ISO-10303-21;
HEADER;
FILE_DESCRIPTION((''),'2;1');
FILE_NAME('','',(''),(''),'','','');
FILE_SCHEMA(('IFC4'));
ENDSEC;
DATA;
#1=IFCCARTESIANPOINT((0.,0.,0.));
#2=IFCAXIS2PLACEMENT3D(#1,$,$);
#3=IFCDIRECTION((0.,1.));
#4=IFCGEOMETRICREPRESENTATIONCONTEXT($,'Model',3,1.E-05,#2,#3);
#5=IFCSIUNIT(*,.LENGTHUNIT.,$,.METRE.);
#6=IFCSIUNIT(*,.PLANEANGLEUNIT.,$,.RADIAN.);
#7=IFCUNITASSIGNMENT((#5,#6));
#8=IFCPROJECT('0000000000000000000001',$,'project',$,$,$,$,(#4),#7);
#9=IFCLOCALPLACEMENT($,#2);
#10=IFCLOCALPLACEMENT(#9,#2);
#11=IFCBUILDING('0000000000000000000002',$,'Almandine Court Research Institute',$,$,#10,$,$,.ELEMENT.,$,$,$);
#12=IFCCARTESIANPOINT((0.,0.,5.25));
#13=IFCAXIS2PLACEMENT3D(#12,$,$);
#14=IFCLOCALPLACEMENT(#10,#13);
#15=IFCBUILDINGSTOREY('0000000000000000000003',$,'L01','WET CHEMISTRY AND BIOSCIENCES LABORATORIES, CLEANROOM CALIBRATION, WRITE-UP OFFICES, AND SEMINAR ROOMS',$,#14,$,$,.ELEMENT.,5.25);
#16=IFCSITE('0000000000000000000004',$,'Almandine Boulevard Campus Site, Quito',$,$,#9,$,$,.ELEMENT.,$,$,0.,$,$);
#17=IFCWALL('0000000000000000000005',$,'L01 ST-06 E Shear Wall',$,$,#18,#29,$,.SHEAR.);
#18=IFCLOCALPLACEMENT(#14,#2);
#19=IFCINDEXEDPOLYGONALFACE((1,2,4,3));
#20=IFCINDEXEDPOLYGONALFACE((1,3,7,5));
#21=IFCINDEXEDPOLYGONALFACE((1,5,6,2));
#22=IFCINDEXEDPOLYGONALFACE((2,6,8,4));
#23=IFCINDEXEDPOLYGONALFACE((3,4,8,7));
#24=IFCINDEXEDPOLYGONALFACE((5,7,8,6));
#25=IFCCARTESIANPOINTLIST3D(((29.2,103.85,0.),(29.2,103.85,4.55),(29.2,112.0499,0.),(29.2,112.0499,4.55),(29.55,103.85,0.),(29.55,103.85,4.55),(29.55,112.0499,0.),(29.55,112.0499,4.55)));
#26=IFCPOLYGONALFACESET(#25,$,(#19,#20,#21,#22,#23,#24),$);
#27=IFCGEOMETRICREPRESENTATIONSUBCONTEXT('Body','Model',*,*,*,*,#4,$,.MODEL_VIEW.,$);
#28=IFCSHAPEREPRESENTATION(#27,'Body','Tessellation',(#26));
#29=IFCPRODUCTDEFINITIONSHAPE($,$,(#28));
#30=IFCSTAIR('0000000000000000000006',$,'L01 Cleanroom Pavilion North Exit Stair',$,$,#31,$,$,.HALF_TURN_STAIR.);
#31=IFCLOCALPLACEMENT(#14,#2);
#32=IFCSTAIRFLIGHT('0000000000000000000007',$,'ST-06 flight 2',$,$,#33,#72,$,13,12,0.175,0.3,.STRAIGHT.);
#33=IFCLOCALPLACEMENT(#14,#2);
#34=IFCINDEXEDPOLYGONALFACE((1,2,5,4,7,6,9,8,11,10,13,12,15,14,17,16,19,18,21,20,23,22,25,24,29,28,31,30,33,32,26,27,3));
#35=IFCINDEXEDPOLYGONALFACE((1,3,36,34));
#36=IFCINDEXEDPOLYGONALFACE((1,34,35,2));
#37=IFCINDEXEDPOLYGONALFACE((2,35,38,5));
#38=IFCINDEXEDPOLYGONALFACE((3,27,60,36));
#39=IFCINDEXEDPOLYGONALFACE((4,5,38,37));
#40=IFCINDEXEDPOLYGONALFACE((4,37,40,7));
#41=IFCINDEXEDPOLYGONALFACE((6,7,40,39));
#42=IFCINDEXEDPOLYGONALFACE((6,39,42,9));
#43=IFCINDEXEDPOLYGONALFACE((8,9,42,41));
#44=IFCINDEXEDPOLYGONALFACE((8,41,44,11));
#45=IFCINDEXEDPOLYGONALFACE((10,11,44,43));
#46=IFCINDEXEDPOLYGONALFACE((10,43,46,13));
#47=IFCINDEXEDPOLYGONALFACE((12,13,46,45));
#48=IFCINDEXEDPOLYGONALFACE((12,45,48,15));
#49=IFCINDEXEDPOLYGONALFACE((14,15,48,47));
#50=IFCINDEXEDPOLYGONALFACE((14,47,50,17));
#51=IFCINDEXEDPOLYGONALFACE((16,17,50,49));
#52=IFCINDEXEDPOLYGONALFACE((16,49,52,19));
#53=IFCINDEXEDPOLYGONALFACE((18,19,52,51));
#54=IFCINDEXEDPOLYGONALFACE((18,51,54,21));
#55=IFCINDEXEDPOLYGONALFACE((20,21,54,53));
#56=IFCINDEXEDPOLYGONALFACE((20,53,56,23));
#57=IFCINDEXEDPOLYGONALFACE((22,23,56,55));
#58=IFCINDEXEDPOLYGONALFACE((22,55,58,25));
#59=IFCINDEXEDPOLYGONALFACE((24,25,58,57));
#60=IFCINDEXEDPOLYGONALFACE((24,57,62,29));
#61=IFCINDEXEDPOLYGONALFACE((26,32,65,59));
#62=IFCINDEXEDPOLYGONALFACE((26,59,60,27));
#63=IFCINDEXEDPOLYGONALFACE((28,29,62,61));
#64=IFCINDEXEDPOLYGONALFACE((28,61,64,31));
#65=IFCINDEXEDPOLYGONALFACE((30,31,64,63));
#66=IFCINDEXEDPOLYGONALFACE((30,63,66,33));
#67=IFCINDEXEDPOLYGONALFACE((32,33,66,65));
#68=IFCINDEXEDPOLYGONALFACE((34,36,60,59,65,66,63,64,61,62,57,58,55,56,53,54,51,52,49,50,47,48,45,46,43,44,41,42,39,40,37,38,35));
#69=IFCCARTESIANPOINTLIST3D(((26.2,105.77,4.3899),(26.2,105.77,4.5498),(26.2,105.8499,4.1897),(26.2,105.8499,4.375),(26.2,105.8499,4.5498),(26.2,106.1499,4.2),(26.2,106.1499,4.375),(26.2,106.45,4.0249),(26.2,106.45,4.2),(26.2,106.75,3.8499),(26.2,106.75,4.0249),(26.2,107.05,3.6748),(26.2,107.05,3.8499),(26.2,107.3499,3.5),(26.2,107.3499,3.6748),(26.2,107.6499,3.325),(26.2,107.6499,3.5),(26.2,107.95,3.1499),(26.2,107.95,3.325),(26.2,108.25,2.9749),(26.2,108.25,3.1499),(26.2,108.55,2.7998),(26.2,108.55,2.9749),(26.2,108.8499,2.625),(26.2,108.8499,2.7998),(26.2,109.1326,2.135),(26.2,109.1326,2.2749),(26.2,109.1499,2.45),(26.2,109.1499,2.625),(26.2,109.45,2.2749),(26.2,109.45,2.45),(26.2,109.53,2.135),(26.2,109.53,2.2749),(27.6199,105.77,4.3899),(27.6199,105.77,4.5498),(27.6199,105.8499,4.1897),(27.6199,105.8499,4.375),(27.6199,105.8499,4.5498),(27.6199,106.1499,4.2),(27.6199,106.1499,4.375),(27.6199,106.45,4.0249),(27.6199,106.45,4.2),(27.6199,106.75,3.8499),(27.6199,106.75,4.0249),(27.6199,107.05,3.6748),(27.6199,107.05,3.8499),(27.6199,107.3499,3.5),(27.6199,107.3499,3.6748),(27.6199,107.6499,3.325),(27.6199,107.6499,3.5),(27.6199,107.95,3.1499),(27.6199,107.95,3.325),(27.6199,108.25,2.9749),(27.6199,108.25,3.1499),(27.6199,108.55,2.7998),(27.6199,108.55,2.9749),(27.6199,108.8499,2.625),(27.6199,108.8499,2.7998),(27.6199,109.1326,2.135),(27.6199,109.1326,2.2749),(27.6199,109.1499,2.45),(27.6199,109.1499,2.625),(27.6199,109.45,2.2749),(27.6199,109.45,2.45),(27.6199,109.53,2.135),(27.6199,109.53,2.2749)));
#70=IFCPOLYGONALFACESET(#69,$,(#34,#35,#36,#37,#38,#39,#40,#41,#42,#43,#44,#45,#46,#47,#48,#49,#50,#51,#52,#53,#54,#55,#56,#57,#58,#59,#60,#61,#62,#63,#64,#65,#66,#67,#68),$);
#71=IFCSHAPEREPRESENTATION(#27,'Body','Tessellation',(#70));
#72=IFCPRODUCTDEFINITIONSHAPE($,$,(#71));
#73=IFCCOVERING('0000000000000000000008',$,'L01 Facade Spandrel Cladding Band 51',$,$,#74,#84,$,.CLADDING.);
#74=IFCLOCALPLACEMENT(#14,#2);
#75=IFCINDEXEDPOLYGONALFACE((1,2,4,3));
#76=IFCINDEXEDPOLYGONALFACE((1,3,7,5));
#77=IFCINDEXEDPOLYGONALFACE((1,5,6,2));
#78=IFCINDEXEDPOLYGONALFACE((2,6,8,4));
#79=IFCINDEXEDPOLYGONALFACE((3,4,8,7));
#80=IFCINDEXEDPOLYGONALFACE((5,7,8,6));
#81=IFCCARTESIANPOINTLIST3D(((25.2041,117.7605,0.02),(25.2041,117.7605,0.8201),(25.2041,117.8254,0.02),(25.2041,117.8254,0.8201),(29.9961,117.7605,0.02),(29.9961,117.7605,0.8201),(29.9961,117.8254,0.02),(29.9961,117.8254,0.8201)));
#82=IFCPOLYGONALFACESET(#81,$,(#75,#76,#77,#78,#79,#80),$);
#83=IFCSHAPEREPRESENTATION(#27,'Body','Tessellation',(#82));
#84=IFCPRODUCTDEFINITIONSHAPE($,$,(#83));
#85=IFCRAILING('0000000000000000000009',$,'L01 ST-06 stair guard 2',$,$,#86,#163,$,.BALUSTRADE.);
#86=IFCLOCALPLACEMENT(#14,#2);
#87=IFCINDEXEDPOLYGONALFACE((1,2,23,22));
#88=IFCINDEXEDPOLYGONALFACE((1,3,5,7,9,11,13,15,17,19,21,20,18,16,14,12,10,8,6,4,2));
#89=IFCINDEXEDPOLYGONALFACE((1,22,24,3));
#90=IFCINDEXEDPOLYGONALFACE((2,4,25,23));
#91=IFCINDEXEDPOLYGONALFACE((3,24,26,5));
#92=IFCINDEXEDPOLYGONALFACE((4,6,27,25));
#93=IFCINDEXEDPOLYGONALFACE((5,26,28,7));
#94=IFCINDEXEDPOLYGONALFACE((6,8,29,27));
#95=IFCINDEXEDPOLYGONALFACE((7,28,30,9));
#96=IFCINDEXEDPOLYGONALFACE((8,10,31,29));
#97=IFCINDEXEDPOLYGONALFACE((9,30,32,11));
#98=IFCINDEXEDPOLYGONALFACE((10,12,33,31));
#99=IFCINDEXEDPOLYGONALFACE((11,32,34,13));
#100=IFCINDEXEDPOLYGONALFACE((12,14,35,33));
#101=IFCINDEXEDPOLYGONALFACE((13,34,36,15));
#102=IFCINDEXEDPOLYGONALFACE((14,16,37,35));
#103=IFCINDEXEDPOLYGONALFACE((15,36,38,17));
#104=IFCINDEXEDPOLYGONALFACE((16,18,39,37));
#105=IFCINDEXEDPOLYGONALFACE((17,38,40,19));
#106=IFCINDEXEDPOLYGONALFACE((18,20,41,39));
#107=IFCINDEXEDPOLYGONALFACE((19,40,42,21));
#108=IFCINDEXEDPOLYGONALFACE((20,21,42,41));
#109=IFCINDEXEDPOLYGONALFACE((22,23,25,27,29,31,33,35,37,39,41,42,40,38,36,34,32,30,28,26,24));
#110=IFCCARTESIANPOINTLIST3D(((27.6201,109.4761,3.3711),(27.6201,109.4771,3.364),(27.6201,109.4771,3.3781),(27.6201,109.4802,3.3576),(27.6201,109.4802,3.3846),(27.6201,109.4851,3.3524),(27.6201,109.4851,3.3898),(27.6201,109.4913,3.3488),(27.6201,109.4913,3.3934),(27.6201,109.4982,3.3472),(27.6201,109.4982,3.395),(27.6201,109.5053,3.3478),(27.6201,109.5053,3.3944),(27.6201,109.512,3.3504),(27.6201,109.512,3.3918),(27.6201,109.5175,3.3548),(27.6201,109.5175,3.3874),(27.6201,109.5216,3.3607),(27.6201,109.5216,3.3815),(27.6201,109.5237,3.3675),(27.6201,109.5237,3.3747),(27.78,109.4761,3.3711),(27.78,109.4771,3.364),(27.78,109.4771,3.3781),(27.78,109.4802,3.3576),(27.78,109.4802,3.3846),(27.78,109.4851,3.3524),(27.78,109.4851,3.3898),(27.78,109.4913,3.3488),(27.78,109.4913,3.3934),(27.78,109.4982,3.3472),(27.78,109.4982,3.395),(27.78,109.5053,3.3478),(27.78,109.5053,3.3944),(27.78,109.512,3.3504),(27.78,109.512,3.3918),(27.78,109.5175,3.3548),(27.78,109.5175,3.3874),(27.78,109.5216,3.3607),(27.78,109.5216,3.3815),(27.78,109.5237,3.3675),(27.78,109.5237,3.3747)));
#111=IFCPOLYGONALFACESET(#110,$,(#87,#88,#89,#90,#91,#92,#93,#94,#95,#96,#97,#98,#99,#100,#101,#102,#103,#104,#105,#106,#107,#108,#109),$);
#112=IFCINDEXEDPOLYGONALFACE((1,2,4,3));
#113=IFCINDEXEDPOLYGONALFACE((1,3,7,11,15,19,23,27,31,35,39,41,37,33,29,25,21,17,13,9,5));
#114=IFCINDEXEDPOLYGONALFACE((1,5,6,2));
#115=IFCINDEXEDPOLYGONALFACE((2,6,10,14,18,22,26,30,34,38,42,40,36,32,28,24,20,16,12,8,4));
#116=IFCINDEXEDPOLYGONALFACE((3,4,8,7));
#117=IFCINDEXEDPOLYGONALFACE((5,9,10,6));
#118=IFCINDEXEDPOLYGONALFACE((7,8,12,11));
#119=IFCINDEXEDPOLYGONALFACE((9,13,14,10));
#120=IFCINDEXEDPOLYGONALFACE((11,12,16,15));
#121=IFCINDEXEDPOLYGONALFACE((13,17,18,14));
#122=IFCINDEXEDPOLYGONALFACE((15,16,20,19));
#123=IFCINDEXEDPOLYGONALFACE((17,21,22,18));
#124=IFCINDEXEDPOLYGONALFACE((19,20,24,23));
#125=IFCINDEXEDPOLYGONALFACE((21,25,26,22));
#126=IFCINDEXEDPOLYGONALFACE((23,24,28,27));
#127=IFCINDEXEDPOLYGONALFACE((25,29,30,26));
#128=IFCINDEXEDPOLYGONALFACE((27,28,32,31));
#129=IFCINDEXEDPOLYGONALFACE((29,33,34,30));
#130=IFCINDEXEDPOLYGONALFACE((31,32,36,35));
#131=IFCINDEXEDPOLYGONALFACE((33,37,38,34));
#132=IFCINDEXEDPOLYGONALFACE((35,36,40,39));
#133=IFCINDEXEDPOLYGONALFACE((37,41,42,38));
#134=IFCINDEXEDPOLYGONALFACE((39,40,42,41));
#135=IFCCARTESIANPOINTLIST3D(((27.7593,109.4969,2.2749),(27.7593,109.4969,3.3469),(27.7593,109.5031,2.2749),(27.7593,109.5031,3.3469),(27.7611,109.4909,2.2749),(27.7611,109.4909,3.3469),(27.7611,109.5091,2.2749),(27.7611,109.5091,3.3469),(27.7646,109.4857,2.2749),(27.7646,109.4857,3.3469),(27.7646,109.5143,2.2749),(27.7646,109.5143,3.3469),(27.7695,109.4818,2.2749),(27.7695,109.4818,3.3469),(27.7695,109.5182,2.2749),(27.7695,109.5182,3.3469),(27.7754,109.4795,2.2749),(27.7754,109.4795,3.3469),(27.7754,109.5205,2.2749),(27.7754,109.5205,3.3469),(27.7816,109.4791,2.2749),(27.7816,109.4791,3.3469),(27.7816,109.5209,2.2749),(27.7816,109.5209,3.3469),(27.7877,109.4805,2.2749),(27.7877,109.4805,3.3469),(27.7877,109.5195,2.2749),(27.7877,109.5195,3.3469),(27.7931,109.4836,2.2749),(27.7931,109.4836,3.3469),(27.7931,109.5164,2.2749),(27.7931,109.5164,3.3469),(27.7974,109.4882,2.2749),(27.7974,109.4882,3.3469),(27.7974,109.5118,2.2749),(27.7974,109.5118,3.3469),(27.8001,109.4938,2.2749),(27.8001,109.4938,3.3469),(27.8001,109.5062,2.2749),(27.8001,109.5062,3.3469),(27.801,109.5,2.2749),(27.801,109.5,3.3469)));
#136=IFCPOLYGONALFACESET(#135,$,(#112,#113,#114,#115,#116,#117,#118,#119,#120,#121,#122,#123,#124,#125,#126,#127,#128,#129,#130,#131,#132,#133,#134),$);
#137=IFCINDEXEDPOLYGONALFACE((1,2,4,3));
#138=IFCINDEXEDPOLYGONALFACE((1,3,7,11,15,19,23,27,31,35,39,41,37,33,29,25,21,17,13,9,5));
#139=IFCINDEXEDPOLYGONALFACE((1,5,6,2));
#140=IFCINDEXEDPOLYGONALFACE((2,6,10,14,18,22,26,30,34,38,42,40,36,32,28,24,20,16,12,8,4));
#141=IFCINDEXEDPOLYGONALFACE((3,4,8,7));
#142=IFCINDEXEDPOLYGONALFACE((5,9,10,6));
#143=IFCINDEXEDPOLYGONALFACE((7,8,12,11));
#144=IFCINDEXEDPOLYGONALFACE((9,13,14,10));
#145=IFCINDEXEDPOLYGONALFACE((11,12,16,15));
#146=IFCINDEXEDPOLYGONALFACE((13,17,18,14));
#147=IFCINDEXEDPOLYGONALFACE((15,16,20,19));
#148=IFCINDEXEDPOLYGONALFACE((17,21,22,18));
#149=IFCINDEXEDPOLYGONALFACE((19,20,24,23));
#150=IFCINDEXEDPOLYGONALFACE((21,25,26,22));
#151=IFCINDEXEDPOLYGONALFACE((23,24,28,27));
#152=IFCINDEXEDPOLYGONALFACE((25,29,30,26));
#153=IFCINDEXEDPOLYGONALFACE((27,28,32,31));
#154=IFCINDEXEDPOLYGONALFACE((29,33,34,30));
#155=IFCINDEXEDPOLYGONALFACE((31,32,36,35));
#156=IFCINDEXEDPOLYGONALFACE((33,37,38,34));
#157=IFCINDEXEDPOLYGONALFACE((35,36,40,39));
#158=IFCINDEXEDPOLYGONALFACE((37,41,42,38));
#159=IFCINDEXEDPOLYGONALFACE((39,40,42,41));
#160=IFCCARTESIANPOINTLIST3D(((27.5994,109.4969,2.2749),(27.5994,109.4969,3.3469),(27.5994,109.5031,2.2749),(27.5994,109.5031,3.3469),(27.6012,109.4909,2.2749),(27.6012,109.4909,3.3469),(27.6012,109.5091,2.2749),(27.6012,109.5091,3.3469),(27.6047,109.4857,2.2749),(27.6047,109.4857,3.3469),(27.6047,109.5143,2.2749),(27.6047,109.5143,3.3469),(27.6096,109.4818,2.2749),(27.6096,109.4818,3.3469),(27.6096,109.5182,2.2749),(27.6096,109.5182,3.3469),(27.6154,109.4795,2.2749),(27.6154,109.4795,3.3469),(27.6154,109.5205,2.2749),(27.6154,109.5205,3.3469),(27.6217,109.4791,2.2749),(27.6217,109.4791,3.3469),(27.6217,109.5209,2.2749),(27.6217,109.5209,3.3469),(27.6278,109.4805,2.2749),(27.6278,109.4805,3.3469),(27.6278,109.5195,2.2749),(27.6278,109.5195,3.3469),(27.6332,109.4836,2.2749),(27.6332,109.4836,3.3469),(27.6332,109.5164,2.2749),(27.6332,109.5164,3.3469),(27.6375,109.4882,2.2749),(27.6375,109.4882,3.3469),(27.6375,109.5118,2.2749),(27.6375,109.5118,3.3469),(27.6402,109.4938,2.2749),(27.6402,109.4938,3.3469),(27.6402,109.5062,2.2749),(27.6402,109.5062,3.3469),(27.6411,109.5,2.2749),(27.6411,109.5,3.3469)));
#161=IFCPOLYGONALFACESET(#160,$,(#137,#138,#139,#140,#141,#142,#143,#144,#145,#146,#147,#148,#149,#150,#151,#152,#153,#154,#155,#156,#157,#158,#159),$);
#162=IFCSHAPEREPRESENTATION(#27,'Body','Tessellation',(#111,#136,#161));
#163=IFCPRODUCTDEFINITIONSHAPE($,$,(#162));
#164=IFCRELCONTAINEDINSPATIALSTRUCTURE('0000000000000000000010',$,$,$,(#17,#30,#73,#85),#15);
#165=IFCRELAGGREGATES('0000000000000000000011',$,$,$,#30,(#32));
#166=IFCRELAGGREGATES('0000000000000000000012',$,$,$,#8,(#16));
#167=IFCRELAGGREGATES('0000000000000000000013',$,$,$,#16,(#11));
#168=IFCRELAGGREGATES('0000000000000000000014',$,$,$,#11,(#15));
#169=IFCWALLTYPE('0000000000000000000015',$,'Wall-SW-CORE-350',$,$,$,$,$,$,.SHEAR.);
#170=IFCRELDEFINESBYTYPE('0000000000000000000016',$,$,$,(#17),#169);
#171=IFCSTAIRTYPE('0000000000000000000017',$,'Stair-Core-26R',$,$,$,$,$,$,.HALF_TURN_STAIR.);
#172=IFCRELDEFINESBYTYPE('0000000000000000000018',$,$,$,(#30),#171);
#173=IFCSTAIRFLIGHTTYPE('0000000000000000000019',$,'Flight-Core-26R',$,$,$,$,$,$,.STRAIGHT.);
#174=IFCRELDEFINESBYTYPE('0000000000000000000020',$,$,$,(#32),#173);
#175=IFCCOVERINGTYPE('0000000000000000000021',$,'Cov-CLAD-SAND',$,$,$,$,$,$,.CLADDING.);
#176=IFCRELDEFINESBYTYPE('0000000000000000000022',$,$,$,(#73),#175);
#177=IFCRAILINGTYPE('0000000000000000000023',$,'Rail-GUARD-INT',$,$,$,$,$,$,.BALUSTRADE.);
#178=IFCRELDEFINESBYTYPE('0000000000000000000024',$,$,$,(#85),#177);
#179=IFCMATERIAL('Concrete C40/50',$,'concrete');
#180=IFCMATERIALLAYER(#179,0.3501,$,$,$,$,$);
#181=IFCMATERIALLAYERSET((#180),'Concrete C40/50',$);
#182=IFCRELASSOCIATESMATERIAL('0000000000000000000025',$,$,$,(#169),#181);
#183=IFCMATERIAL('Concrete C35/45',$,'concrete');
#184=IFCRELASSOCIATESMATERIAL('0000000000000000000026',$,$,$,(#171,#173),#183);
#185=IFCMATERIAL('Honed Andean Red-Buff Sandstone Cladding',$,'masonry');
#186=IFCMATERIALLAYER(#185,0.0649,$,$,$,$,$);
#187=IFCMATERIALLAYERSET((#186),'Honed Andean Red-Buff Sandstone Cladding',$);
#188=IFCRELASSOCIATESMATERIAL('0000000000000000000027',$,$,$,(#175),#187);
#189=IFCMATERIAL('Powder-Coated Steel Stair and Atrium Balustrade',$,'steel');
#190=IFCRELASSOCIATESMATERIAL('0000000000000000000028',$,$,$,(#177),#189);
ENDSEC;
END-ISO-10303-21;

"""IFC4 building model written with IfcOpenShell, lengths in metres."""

from ifc_helpers import new_model, si_unit, direction, frame, frame_2d, origin, origin_2d, place, context, subcontext, project, spatial, polyline, rectangle, circle, outline, extrude, material, layer, layer_set, type_object, element, aggregate, save


model = new_model("IFC4")

# Units and contexts
model_context = context("Model", 3, precision=1e-05, world=origin(), true_north=direction((0.0, 1.0)))
body_context = subcontext(model_context, "Body", "Model", "MODEL_VIEW")
ifc_project = project(units=[si_unit("LENGTHUNIT", "METRE"), si_unit("PLANEANGLEUNIT", "RADIAN")], contexts=[model_context])

# Site, building, storey
site_placement = place(None, origin())
site = spatial("IfcSite", under=ifc_project, at=site_placement, Name="Almandine Boulevard Campus Site, Quito", CompositionType="ELEMENT", RefElevation=0.0)
building_placement = place(site_placement, origin())
building = spatial("IfcBuilding", under=site, at=building_placement, Name="Almandine Court Research Institute", CompositionType="ELEMENT")
storey_placement = place(building_placement, frame((0.0, 0.0, 5.25)))
storey = spatial("IfcBuildingStorey", under=building, at=storey_placement, Name="L01", Description="WET CHEMISTRY AND BIOSCIENCES LABORATORIES, CLEANROOM CALIBRATION, WRITE-UP OFFICES, AND SEMINAR ROOMS", CompositionType="ELEMENT", Elevation=5.25)

# Wall
ifc_material_1 = material(Name="Concrete C40/50", Category="concrete")
ifc_layer_1 = layer(ifc_material_1, 0.3501)
ifc_layer_set_1 = layer_set([ifc_layer_1], Name="Concrete C40/50")
wall_type_1 = type_object("IfcWallType", Name="Wall-SW-CORE-350", PredefinedType="SHEAR", material=ifc_layer_set_1)
wall_1_placement = place(storey_placement, frame((29.375, 112.05, 0.0), z_axis=(0.0, 0.0, 1.0), x_axis=(0.0, -1.0, 0.0)))
element("IfcWall", 1, at=wall_1_placement, inside=storey, type_object=wall_type_1, Name="L01 ST-06 E Shear Wall", PredefinedType="SHEAR", context=body_context, shape_type="SweptSolid", body=[
    extrude(rectangle(XDim=8.2, YDim=0.3501, at=frame_2d((4.1001, 0.0))), origin(), (0.0, 0.0, 1.0), 4.55),
])

# Stair, stair flight
ifc_material_2 = material(Name="Concrete C35/45", Category="concrete")
stair_type = type_object("IfcStairType", Name="Stair-Core-26R", PredefinedType="HALF_TURN_STAIR", material=ifc_material_2)
stair_placement = place(storey_placement, origin())
stair = element("IfcStair", 2, at=stair_placement, inside=storey, type_object=stair_type, Name="L01 Cleanroom Pavilion North Exit Stair", PredefinedType="HALF_TURN_STAIR")
stair_flight_type = type_object("IfcStairFlightType", Name="Flight-Core-26R", PredefinedType="STRAIGHT", material=ifc_material_2)
stair_flight_placement = place(storey_placement, frame((26.9099, 109.45, 2.2749), z_axis=(0.0, 0.0, 1.0), x_axis=(0.0, -1.0, 0.0)))
stair_flight = element("IfcStairFlight", 3, at=stair_flight_placement, type_object=stair_flight_type, Name="ST-06 flight 2", NumberOfRisers=13, NumberOfTreads=12, PredefinedType="STRAIGHT", RiserHeight=0.175, TreadLength=0.3, context=body_context, shape_type="SweptSolid", body=[
    extrude(outline(polyline([(-0.0801, -0.1399), (-0.0801, 0.0), (0.0, 0.0), (0.0, 0.175), (0.3, 0.175), (0.3, 0.3501), (0.6001, 0.3501), (0.6001, 0.5249), (0.8999, 0.5249), (0.8999, 0.7), (1.2, 0.7), (1.2, 0.875), (1.5, 0.875), (1.5, 1.05), (1.8, 1.05), (1.8, 1.2251), (2.1001, 1.2251), (2.1001, 1.3999), (2.3999, 1.3999), (2.3999, 1.575), (2.7, 1.575), (2.7, 1.75), (3.0, 1.75), (3.0, 1.925), (3.3, 1.925), (3.3, 2.1001), (3.6001, 2.1001), (3.6001, 2.2749), (3.6799, 2.2749), (3.6799, 2.115), (3.6001, 1.9148), (0.3174, 0.0), (0.3174, -0.1399), (-0.0801, -0.1399)])), frame((0.0, 0.71, 0.0), z_axis=(0.0, -1.0, 0.0), x_axis=(1.0, 0.0, 0.0)), (0.0, 0.0, 1.0), 1.4199),
])
aggregate(stair, [stair_flight])

# Covering
ifc_material_3 = material(Name="Honed Andean Red-Buff Sandstone Cladding", Category="masonry")
ifc_layer_2 = layer(ifc_material_3, 0.0649)
ifc_layer_set_2 = layer_set([ifc_layer_2], Name="Honed Andean Red-Buff Sandstone Cladding")
covering_type = type_object("IfcCoveringType", Name="Cov-CLAD-SAND", PredefinedType="CLADDING", material=ifc_layer_set_2)
covering_placement = place(storey_placement, frame((27.6001, 117.793, 0.02), z_axis=(0.0, 0.0, 1.0), x_axis=(1.0, 0.0, 0.0)))
element("IfcCovering", 4, at=covering_placement, inside=storey, type_object=covering_type, Name="L01 Facade Spandrel Cladding Band 51", PredefinedType="CLADDING", context=body_context, shape_type="SweptSolid", body=[
    extrude(rectangle(XDim=4.792, YDim=0.0649, at=origin_2d()), origin(), (0.0, 0.0, 1.0), 0.8),
])

# Railing
ifc_material_4 = material(Name="Powder-Coated Steel Stair and Atrium Balustrade", Category="steel")
railing_type_1 = type_object("IfcRailingType", Name="Rail-GUARD-INT", PredefinedType="BALUSTRADE", material=ifc_material_4)
railing_1_placement = place(storey_placement, frame((27.78, 109.5, 2.2749)))
element("IfcRailing", 5, at=railing_1_placement, inside=storey, type_object=railing_type_1, Name="L01 ST-06 stair guard 2", PredefinedType="BALUSTRADE", context=body_context, shape_type="SweptSolid", body=[
    extrude(circle(Radius=0.0239, at=origin_2d()), frame((0.0, 0.0, 1.0962), z_axis=(-1.0, 0.0, 0.0), x_axis=(0.0, -1.0, 0.0)), (0.0, 0.0, 1.0), 0.1599),
    extrude(circle(Radius=0.021, at=origin_2d()), origin(), (0.0, 0.0, 1.0), 1.072),
    extrude(circle(Radius=0.021, at=origin_2d()), frame((-0.1599, 0.0, 0.0)), (0.0, 0.0, 1.0), 1.072),
])

save(model, "model.ifc")
